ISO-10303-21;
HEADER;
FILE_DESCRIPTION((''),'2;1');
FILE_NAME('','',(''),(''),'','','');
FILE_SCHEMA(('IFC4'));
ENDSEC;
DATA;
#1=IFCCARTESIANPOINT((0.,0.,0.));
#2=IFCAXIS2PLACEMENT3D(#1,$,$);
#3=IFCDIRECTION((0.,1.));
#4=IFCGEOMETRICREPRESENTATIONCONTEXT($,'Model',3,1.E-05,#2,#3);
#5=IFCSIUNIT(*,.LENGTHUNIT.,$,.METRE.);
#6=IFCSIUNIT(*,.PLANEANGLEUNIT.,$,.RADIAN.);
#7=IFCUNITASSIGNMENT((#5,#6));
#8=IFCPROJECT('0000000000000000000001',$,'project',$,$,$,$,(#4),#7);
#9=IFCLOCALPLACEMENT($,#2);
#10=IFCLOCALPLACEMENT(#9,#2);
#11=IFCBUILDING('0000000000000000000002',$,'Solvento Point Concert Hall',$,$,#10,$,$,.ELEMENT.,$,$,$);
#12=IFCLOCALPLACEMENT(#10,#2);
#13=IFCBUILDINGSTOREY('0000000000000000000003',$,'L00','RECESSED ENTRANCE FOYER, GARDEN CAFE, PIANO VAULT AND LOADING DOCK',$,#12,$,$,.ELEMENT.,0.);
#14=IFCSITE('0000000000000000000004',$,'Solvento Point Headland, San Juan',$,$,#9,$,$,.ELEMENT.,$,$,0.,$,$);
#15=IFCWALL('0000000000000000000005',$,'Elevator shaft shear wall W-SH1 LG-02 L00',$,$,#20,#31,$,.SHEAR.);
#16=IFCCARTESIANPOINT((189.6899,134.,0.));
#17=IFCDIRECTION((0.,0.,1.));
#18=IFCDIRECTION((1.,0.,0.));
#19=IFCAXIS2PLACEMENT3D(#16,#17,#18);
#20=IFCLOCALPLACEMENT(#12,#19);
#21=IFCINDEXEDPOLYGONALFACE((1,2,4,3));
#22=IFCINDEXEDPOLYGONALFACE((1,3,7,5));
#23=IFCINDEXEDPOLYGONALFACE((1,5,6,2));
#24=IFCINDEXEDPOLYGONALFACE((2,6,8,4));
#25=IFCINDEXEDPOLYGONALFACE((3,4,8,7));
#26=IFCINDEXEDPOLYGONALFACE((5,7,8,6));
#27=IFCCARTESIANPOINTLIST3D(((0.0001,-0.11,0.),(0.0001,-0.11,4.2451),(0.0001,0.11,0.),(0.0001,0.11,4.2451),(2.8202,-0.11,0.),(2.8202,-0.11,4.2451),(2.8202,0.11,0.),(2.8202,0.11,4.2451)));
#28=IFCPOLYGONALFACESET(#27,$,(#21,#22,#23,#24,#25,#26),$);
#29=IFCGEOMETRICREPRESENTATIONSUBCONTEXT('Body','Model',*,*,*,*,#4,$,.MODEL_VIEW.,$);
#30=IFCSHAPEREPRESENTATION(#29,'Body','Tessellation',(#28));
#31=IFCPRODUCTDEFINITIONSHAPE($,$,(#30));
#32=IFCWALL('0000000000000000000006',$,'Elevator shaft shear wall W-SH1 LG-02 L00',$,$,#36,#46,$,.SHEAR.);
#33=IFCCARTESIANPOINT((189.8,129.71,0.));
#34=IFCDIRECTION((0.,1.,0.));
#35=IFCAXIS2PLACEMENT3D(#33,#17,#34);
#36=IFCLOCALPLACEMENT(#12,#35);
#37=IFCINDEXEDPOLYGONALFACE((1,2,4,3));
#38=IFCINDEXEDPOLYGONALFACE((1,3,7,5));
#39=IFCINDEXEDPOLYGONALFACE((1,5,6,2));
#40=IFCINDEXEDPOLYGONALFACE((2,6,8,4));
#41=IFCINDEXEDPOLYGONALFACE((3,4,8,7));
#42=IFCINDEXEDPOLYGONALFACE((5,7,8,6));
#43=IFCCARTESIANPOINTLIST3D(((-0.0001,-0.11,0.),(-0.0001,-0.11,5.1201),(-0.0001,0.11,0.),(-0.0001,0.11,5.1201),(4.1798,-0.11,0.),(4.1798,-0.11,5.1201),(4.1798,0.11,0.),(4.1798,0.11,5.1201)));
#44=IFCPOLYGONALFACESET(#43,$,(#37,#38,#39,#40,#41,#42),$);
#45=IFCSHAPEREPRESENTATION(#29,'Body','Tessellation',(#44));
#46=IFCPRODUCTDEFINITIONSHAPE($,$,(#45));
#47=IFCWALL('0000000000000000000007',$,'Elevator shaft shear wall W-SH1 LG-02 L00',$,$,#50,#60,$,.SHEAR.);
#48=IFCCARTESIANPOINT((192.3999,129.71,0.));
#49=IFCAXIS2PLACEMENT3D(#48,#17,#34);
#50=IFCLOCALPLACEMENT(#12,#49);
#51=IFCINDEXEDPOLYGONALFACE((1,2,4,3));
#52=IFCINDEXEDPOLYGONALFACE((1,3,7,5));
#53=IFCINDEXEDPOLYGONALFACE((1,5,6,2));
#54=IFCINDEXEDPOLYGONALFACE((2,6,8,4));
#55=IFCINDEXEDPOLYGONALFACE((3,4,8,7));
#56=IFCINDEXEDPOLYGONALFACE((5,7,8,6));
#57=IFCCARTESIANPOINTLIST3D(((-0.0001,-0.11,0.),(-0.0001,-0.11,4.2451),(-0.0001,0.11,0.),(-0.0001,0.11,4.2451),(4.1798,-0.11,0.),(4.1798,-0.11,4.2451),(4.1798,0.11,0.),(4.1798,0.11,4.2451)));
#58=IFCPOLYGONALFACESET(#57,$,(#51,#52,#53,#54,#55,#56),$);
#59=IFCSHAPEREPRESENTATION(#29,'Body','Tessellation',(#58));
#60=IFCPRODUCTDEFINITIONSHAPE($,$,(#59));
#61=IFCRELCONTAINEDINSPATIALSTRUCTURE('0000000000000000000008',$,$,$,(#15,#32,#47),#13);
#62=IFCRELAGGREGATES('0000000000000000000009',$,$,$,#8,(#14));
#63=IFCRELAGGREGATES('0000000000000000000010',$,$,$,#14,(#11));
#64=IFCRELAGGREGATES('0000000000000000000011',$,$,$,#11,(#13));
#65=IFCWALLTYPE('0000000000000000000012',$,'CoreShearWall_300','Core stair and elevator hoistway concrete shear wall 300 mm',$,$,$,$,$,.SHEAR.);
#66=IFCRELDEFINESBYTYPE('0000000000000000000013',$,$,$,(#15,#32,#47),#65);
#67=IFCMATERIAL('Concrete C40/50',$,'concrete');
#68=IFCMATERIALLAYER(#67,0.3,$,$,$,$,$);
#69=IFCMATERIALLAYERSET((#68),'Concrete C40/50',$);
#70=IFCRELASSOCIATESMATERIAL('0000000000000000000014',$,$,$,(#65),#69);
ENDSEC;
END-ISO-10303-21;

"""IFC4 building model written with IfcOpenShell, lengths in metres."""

from ifc_helpers import new_model, si_unit, direction, frame, frame_2d, origin, place, context, subcontext, project, spatial, rectangle, extrude, material, layer, layer_set, type_object, element, save


model = new_model("IFC4")

# Units and contexts
model_context = context("Model", 3, precision=1e-05, world=origin(), true_north=direction((0.0, 1.0)))
body_context = subcontext(model_context, "Body", "Model", "MODEL_VIEW")
ifc_project = project(units=[si_unit("LENGTHUNIT", "METRE"), si_unit("PLANEANGLEUNIT", "RADIAN")], contexts=[model_context])

# Site, building, storey
site_placement = place(None, origin())
site = spatial("IfcSite", under=ifc_project, at=site_placement, Name="Solvento Point Headland, San Juan", CompositionType="ELEMENT", RefElevation=0.0)
building_placement = place(site_placement, origin())
building = spatial("IfcBuilding", under=site, at=building_placement, Name="Solvento Point Concert Hall", CompositionType="ELEMENT")
storey_placement = place(building_placement, origin())
storey = spatial("IfcBuildingStorey", under=building, at=storey_placement, Name="L00", Description="RECESSED ENTRANCE FOYER, GARDEN CAFE, PIANO VAULT AND LOADING DOCK", CompositionType="ELEMENT", Elevation=0.0)

# Shared definitions
ifc_material_1 = material(Name="Concrete C40/50", Category="concrete")
ifc_layer_1 = layer(ifc_material_1, 0.3)
ifc_layer_set_1 = layer_set([ifc_layer_1], Name="Concrete C40/50")
wall_type_1 = type_object("IfcWallType", Name="CoreShearWall_300", Description="Core stair and elevator hoistway concrete shear wall 300 mm", PredefinedType="SHEAR", material=ifc_layer_set_1)

# Walls
wall_1_placement = place(storey_placement, frame((189.6899, 134.0, 0.0), z_axis=(0.0, 0.0, 1.0), x_axis=(1.0, 0.0, 0.0)))
element("IfcWall", 1, at=wall_1_placement, inside=storey, type_object=wall_type_1, Name="Elevator shaft shear wall W-SH1 LG-02 L00", PredefinedType="SHEAR", context=body_context, shape_type="SweptSolid", body=[
    extrude(rectangle(XDim=2.8201, YDim=0.22, at=frame_2d((1.4102, 0.0))), origin(), (0.0, 0.0, 1.0), 4.2451),
])
wall_2_placement = place(storey_placement, frame((189.8, 129.71, 0.0), z_axis=(0.0, 0.0, 1.0), x_axis=(0.0, 1.0, 0.0)))
element("IfcWall", 2, at=wall_2_placement, inside=storey, type_object=wall_type_1, Name="Elevator shaft shear wall W-SH1 LG-02 L00", PredefinedType="SHEAR", context=body_context, shape_type="SweptSolid", body=[
    extrude(rectangle(XDim=4.1799, YDim=0.22, at=frame_2d((2.0898, 0.0))), origin(), (0.0, 0.0, 1.0), 5.1201),
])
wall_3_placement = place(storey_placement, frame((192.3999, 129.71, 0.0), z_axis=(0.0, 0.0, 1.0), x_axis=(0.0, 1.0, 0.0)))
element("IfcWall", 3, at=wall_3_placement, inside=storey, type_object=wall_type_1, Name="Elevator shaft shear wall W-SH1 LG-02 L00", PredefinedType="SHEAR", context=body_context, shape_type="SweptSolid", body=[
    extrude(rectangle(XDim=4.1799, YDim=0.22, at=frame_2d((2.0898, 0.0))), origin(), (0.0, 0.0, 1.0), 4.2451),
])

save(model, "model.ifc")
